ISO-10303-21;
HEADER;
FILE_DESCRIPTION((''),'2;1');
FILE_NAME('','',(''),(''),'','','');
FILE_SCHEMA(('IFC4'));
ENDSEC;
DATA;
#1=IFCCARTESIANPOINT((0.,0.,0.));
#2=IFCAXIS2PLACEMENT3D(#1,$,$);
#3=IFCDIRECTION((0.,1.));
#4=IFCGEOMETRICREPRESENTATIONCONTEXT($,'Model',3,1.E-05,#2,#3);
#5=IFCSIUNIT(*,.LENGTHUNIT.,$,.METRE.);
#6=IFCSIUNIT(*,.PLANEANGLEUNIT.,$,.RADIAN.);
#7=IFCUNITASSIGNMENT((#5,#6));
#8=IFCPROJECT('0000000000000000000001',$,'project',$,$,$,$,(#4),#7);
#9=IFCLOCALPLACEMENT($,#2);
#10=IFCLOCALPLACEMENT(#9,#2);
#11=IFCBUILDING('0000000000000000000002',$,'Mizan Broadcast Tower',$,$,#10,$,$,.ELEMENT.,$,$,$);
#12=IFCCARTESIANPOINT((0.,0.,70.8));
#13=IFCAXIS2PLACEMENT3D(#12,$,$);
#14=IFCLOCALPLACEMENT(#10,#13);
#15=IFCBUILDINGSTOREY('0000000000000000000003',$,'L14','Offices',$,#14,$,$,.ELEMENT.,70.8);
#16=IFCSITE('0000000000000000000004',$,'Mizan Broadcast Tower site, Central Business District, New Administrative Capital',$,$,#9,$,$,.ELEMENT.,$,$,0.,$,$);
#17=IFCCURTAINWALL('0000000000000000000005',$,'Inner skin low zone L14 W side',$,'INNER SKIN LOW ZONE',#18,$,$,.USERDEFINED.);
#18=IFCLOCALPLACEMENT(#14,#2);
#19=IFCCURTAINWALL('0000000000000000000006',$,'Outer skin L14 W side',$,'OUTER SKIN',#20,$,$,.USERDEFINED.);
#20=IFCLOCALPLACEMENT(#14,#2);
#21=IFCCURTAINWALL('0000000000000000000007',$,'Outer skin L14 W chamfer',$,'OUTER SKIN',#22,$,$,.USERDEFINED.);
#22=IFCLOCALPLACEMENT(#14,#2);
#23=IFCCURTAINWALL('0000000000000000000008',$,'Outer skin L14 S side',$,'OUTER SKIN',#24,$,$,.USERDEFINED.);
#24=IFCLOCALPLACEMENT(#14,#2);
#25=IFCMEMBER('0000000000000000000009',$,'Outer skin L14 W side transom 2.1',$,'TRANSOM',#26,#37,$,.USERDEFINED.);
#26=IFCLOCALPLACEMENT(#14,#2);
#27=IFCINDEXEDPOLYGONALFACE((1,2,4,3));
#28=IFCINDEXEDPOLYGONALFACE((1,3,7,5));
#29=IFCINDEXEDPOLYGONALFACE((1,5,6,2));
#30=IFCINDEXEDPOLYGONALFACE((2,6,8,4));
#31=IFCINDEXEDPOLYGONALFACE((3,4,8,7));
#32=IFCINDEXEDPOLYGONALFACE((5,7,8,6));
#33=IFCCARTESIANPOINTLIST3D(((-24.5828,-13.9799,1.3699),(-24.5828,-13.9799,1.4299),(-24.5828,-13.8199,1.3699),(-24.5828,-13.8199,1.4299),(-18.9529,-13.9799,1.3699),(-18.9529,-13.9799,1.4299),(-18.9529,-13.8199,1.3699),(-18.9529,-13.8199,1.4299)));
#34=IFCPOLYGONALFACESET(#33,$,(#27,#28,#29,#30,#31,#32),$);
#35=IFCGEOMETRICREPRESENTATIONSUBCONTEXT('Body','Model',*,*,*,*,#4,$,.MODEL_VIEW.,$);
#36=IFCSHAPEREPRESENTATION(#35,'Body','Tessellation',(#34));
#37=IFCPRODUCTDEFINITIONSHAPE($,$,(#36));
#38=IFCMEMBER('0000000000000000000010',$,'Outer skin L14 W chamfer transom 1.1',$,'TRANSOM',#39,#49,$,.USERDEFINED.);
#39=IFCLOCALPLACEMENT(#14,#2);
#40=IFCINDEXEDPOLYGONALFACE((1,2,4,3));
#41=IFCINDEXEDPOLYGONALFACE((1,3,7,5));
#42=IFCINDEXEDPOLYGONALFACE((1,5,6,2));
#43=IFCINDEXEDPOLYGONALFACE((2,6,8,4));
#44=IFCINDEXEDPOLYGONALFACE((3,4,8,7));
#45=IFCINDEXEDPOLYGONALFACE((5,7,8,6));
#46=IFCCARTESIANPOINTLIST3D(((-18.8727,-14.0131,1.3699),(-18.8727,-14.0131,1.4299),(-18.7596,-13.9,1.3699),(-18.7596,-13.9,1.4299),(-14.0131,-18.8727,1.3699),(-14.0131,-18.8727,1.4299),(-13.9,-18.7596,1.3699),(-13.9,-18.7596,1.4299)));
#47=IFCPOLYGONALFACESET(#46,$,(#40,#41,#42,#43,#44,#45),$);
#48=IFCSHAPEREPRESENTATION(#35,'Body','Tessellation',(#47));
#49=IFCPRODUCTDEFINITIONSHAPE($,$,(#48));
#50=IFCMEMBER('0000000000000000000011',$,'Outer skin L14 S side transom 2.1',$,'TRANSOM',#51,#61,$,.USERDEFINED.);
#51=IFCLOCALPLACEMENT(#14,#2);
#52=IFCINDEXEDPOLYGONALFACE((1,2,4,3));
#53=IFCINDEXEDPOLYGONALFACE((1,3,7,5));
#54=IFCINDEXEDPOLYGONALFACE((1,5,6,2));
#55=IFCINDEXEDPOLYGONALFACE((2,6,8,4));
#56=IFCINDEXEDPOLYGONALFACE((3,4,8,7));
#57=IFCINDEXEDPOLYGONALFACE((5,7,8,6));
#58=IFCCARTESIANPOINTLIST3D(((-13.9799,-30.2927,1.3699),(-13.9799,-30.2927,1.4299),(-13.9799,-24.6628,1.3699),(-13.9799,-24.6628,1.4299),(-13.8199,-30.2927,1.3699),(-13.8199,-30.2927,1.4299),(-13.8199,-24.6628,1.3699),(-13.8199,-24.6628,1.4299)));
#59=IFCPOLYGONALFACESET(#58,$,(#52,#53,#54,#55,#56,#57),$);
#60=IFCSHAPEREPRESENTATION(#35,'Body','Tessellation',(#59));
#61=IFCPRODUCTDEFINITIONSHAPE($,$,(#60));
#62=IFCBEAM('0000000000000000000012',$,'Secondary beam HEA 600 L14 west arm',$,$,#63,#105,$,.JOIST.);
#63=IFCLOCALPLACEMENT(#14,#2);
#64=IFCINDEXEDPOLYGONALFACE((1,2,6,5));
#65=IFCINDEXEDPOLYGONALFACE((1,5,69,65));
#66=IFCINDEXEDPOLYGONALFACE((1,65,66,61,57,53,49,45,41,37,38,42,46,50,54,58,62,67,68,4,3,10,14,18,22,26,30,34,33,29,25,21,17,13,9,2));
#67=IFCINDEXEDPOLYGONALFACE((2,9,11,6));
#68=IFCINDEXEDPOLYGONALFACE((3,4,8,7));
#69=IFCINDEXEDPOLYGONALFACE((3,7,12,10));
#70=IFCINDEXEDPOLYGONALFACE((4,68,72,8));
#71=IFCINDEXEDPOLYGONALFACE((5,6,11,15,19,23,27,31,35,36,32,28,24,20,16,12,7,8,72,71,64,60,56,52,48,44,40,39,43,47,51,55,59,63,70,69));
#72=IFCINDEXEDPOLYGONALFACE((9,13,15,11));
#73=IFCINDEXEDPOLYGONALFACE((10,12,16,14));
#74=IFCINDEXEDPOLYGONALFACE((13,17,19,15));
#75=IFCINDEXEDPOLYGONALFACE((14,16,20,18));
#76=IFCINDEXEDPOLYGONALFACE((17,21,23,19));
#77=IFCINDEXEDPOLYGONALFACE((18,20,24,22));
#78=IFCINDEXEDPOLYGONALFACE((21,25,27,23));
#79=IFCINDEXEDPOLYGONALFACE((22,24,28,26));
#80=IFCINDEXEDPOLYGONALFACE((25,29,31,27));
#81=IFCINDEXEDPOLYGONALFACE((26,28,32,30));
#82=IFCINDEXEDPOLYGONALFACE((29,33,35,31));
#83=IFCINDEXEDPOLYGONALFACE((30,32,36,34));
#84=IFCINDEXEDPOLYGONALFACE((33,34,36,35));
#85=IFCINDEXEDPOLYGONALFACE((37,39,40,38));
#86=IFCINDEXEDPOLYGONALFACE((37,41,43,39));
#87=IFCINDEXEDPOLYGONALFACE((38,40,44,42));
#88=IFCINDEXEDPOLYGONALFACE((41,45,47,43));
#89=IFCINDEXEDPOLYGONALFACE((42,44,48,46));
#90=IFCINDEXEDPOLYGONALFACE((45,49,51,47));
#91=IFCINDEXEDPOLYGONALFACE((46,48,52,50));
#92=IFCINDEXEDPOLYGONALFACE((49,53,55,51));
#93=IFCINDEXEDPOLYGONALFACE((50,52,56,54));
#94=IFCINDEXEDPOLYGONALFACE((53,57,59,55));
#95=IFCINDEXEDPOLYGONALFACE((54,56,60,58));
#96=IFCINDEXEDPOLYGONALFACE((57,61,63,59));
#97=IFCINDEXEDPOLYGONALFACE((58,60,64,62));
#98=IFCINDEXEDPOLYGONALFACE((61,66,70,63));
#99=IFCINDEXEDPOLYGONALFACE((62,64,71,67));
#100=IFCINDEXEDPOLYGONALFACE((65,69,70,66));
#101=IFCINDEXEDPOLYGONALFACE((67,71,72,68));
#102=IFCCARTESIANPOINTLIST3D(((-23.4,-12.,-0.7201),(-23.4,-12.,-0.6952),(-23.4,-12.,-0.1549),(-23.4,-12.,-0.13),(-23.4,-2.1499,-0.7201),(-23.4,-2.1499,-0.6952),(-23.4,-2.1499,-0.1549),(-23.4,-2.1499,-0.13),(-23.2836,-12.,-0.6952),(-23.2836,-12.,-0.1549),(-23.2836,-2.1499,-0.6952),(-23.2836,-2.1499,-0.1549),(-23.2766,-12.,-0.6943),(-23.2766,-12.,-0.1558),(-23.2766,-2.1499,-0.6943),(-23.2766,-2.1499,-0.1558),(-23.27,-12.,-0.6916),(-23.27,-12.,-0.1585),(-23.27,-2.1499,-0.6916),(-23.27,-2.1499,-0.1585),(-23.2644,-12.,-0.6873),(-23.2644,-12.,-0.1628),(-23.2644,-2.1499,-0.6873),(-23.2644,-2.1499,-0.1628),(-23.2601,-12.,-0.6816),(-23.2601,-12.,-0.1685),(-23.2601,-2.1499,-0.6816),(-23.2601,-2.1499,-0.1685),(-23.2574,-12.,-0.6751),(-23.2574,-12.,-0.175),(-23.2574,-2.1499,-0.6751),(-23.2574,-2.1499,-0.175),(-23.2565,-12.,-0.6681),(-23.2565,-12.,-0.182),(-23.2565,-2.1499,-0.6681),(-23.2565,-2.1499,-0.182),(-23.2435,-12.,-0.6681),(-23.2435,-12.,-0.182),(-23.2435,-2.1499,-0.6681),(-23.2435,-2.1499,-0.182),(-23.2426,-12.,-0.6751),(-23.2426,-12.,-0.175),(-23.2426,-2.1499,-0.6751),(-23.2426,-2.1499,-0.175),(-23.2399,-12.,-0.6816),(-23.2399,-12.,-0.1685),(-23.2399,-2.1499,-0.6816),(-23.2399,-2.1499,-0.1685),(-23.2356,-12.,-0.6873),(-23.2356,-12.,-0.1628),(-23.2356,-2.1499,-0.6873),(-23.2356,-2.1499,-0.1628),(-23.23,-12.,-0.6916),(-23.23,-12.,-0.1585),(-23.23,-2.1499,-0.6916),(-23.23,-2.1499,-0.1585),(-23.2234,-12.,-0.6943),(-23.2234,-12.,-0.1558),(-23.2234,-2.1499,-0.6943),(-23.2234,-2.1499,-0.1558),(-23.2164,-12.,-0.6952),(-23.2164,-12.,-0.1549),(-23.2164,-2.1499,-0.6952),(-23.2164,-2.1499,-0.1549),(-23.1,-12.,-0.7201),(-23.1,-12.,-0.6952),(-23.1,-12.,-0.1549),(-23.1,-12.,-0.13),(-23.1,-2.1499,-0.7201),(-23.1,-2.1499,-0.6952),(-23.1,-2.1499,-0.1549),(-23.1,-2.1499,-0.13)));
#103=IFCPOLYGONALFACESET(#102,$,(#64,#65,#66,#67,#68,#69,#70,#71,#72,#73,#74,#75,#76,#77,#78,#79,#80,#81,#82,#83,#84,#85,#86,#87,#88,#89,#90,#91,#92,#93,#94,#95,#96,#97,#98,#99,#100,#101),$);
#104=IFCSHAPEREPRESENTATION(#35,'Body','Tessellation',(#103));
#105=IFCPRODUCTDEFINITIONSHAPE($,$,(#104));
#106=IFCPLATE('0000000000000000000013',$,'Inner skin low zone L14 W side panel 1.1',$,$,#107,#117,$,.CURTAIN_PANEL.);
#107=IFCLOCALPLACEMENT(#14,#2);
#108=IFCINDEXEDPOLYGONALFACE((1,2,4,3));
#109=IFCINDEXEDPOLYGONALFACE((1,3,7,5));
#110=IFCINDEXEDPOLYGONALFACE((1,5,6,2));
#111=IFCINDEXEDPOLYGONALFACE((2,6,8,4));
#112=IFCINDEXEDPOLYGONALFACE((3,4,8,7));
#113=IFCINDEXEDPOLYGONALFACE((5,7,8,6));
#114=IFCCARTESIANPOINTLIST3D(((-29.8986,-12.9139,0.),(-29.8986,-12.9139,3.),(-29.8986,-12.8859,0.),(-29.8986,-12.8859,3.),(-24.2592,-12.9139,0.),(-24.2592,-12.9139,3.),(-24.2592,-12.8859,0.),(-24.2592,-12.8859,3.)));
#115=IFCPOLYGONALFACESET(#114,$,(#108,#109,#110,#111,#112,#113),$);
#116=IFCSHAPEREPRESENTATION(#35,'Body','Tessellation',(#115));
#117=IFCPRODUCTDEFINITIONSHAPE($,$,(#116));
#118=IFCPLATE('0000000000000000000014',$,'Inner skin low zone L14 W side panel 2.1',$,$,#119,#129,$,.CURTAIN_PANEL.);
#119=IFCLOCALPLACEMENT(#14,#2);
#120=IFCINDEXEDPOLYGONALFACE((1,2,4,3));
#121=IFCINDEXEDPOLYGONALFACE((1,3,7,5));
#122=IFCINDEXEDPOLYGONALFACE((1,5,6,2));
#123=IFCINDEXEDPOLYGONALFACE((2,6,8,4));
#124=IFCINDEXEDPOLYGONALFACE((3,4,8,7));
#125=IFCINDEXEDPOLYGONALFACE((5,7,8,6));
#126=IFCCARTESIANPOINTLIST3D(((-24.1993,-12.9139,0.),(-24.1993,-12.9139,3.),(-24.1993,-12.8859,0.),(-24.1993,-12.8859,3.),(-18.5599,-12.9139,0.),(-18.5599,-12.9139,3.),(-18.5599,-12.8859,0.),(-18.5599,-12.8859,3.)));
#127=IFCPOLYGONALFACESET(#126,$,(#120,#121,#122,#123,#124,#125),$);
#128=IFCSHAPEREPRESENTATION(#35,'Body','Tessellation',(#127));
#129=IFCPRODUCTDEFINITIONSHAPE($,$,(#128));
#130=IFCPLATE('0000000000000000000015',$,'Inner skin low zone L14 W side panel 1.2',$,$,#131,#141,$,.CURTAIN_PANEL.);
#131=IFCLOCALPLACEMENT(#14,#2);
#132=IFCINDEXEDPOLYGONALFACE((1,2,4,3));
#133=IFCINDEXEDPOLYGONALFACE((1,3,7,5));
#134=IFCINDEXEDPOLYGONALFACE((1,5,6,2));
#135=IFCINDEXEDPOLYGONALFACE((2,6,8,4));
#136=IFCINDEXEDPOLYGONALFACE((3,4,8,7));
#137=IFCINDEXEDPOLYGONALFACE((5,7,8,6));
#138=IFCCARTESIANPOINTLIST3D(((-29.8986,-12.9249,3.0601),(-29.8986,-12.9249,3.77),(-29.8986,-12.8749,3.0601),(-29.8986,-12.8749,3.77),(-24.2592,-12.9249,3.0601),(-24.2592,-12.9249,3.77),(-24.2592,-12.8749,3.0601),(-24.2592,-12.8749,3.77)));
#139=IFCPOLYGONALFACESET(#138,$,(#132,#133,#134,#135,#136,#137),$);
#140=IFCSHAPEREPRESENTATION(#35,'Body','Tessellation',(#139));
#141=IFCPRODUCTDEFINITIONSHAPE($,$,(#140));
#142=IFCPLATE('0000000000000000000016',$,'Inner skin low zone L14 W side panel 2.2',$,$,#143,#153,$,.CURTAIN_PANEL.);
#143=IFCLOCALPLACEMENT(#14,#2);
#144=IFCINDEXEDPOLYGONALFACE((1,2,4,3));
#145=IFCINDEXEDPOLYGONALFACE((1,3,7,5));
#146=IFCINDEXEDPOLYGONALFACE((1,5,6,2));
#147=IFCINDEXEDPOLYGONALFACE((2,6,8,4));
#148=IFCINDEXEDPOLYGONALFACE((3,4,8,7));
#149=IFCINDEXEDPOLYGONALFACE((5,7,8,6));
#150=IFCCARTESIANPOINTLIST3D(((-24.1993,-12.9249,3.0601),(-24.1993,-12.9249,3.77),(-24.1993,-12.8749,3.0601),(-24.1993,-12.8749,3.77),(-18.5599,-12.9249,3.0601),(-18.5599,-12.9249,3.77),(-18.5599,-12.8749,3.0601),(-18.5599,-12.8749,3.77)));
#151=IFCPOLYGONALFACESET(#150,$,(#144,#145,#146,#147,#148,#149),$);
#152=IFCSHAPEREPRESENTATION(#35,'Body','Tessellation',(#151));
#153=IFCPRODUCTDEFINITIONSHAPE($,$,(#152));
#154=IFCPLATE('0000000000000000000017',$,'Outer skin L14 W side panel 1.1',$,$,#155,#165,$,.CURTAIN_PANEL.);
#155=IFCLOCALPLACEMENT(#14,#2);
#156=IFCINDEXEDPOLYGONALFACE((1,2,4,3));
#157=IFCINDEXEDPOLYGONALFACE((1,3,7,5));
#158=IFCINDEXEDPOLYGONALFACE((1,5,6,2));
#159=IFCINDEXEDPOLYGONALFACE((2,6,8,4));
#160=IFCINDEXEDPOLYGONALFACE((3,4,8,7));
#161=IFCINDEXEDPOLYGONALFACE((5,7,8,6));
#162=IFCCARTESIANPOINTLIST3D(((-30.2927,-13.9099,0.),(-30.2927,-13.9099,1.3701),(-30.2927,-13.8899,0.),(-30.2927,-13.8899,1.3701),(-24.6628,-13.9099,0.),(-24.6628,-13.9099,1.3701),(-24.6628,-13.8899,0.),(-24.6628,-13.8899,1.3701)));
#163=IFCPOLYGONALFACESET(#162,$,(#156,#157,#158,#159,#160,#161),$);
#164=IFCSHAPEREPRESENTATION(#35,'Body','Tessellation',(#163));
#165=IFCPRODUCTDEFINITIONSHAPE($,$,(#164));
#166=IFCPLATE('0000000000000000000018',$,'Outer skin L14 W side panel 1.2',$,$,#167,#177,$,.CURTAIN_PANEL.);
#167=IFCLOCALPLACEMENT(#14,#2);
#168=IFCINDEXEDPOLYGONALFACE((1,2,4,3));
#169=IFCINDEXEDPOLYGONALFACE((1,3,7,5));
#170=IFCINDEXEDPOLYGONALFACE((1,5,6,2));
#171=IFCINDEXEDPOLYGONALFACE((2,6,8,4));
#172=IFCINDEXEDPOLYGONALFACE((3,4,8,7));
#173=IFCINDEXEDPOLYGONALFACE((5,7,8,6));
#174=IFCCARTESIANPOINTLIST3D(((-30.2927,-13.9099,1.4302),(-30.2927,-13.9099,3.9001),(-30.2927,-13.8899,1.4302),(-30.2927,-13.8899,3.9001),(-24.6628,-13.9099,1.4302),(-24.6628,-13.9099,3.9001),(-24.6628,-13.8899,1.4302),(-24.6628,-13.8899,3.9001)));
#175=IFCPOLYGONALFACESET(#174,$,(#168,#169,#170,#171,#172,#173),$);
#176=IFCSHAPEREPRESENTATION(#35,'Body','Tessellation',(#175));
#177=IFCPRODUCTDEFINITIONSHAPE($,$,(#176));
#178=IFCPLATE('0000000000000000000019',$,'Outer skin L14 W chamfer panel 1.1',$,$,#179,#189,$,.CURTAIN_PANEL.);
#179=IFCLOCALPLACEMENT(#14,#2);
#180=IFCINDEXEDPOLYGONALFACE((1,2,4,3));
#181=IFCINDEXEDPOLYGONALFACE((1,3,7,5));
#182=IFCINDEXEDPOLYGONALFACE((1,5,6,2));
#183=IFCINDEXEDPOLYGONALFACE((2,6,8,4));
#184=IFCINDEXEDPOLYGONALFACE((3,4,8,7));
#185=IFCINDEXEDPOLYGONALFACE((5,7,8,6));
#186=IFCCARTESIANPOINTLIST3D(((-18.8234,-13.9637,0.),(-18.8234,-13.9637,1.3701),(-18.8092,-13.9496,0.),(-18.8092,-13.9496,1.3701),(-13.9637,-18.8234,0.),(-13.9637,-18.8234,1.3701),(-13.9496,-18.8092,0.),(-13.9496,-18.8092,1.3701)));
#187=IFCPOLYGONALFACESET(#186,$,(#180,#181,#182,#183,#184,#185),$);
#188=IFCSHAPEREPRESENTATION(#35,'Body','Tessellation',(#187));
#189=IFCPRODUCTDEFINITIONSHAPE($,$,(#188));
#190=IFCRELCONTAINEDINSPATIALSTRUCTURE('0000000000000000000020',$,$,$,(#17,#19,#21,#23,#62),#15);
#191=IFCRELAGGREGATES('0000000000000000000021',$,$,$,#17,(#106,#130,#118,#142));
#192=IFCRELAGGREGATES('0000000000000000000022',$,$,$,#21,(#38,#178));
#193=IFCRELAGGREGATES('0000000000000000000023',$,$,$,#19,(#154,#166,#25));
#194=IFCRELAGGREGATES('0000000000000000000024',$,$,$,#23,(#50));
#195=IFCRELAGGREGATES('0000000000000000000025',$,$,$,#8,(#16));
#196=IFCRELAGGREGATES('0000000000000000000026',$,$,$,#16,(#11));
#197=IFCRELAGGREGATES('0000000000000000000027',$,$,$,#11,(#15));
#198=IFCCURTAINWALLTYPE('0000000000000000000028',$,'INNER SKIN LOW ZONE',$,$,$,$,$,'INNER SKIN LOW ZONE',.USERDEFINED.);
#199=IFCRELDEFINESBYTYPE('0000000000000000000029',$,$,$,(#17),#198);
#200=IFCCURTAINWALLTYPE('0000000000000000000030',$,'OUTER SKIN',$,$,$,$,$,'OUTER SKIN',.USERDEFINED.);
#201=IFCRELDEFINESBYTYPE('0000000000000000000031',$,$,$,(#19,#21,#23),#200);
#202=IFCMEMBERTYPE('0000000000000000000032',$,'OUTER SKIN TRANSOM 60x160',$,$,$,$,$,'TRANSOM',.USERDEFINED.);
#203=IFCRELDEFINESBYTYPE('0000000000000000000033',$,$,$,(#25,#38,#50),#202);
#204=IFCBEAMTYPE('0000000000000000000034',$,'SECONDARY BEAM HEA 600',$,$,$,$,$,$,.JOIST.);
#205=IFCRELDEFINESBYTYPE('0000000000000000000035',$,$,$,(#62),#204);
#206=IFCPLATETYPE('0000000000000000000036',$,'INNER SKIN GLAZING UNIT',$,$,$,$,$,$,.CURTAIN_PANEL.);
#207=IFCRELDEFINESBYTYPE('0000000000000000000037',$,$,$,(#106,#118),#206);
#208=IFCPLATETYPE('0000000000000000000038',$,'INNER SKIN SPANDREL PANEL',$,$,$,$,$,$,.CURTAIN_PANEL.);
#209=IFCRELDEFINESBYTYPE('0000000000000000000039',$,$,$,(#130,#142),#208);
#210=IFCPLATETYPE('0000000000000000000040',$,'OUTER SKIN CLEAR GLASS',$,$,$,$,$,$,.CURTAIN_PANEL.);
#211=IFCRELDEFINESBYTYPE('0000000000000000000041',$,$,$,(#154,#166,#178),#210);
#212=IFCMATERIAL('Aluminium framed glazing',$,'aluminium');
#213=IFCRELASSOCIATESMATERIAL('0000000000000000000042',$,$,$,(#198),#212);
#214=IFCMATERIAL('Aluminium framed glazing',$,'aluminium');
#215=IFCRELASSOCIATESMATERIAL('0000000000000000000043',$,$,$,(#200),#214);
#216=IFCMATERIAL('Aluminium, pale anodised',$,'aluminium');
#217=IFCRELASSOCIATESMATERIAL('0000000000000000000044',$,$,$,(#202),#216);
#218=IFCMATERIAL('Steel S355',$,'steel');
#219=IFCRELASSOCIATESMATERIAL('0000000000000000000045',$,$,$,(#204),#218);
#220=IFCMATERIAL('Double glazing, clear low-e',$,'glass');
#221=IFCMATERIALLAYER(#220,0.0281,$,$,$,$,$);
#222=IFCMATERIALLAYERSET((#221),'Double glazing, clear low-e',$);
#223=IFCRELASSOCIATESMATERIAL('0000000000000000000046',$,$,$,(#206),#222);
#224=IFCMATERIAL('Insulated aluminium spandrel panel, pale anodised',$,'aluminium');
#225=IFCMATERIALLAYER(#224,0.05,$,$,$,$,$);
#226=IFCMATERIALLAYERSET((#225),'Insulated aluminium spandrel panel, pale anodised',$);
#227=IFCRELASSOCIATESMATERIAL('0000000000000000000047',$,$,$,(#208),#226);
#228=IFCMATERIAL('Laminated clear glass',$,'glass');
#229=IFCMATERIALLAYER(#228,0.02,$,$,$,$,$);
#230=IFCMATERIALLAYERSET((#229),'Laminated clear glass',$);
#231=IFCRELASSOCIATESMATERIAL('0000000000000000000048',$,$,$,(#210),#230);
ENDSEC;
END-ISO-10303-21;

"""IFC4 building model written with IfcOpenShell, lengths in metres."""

from ifc_helpers import new_model, si_unit, direction, frame, origin, origin_2d, place, context, subcontext, project, spatial, rectangle, i_section, extrude, material, layer, layer_set, material_profile, profile_set, type_object, element, aggregate, save


model = new_model("IFC4")

# Units and contexts
model_context = context("Model", 3, precision=1e-05, world=origin(), true_north=direction((0.0, 1.0)))
body_context = subcontext(model_context, "Body", "Model", "MODEL_VIEW")
ifc_project = project(units=[si_unit("LENGTHUNIT", "METRE"), si_unit("PLANEANGLEUNIT", "RADIAN")], contexts=[model_context])

# Site, building, storey
site_placement = place(None, origin())
site = spatial("IfcSite", under=ifc_project, at=site_placement, Name="Mizan Broadcast Tower site, Central Business District, New Administrative Capital", CompositionType="ELEMENT", RefElevation=0.0)
building_placement = place(site_placement, origin())
building = spatial("IfcBuilding", under=site, at=building_placement, Name="Mizan Broadcast Tower", CompositionType="ELEMENT")
storey_placement = place(building_placement, frame((0.0, 0.0, 70.8)))
storey = spatial("IfcBuildingStorey", under=building, at=storey_placement, Name="L14", Description="Offices", CompositionType="ELEMENT", Elevation=70.8)

# Shared definitions
ifc_material_1 = material(Name="Aluminium framed glazing", Category="aluminium")
curtain_wall_type_1 = type_object("IfcCurtainWallType", Name="INNER SKIN LOW ZONE", ElementType="INNER SKIN LOW ZONE", PredefinedType="USERDEFINED", material=ifc_material_1)

# Curtain wall
curtain_wall_1_placement = place(storey_placement, origin())
curtain_wall_1 = element("IfcCurtainWall", 1, at=curtain_wall_1_placement, inside=storey, type_object=curtain_wall_type_1, Name="Inner skin low zone L14 W side", ObjectType="INNER SKIN LOW ZONE", PredefinedType="USERDEFINED")

# Shared definitions
ifc_material_2 = material(Name="Aluminium framed glazing", Category="aluminium")
curtain_wall_type_2 = type_object("IfcCurtainWallType", Name="OUTER SKIN", ElementType="OUTER SKIN", PredefinedType="USERDEFINED", material=ifc_material_2)

# Curtain wall
curtain_wall_2_placement = place(storey_placement, origin())
curtain_wall_2 = element("IfcCurtainWall", 2, at=curtain_wall_2_placement, inside=storey, type_object=curtain_wall_type_2, Name="Outer skin L14 W side", ObjectType="OUTER SKIN", PredefinedType="USERDEFINED")

# Curtain walls
curtain_wall_3_placement = place(storey_placement, origin())
curtain_wall_3 = element("IfcCurtainWall", 3, at=curtain_wall_3_placement, inside=storey, type_object=curtain_wall_type_2, Name="Outer skin L14 W chamfer", ObjectType="OUTER SKIN", PredefinedType="USERDEFINED")
curtain_wall_4_placement = place(storey_placement, origin())
curtain_wall_4 = element("IfcCurtainWall", 4, at=curtain_wall_4_placement, inside=storey, type_object=curtain_wall_type_2, Name="Outer skin L14 S side", ObjectType="OUTER SKIN", PredefinedType="USERDEFINED")

# Members
ifc_material_3 = material(Name="Aluminium, pale anodised", Category="aluminium")
ifc_material_profile_1 = material_profile(ifc_material_3, rectangle(XDim=0.1599, YDim=0.0601, at=origin_2d()), Name="TRANSOM 160x60")
ifc_profile_set_1 = profile_set([ifc_material_profile_1], Name="Aluminium, pale anodised")
member_type_1 = type_object("IfcMemberType", Name="OUTER SKIN TRANSOM 60x160", ElementType="TRANSOM", PredefinedType="USERDEFINED", material=ifc_profile_set_1)
member_1_placement = place(storey_placement, frame((-24.5828, -13.8999, 1.3999), z_axis=(1.0, 0.0, 0.0), x_axis=(0.0, 1.0, 0.0)))
member_1 = element("IfcMember", 5, at=member_1_placement, type_object=member_type_1, Name="Outer skin L14 W side transom 2.1", ObjectType="TRANSOM", PredefinedType="USERDEFINED", context=body_context, shape_type="SweptSolid", body=[
    extrude(rectangle(XDim=0.1599, YDim=0.0601, at=origin_2d()), origin(), (0.0, 0.0, 1.0), 5.6299),
])
member_2_placement = place(storey_placement, frame((-18.8162, -13.9565, 1.3999), z_axis=(0.707107, -0.707107, 0.0), x_axis=(0.707107, 0.707107, 0.0)))
member_2 = element("IfcMember", 6, at=member_2_placement, type_object=member_type_1, Name="Outer skin L14 W chamfer transom 1.1", ObjectType="TRANSOM", PredefinedType="USERDEFINED", context=body_context, shape_type="SweptSolid", body=[
    extrude(rectangle(XDim=0.1599, YDim=0.0601, at=origin_2d()), origin(), (0.0, 0.0, 1.0), 6.8726),
])
member_3_placement = place(storey_placement, frame((-13.8999, -24.6628, 1.3999), z_axis=(0.0, -1.0, 0.0), x_axis=(1.0, 0.0, 0.0)))
member_3 = element("IfcMember", 7, at=member_3_placement, type_object=member_type_1, Name="Outer skin L14 S side transom 2.1", ObjectType="TRANSOM", PredefinedType="USERDEFINED", context=body_context, shape_type="SweptSolid", body=[
    extrude(rectangle(XDim=0.1599, YDim=0.0601, at=origin_2d()), origin(), (0.0, 0.0, 1.0), 5.6299),
])

# Beam
ifc_material_4 = material(Name="Steel S355", Category="steel")
ifc_material_profile_2 = material_profile(ifc_material_4, i_section(OverallWidth=0.3, OverallDepth=0.5901, WebThickness=0.0129, FlangeThickness=0.0249, FilletRadius=0.0271, at=origin_2d()), Name="HEA 600")
ifc_profile_set_2 = profile_set([ifc_material_profile_2], Name="Steel S355")
beam_type_1 = type_object("IfcBeamType", Name="SECONDARY BEAM HEA 600", PredefinedType="JOIST", material=ifc_profile_set_2)
beam_1_placement = place(storey_placement, frame((-23.25, -12.0, -0.425), z_axis=(0.0, 1.0, 0.0), x_axis=(-1.0, 0.0, 0.0)))
element("IfcBeam", 8, at=beam_1_placement, inside=storey, type_object=beam_type_1, Name="Secondary beam HEA 600 L14 west arm", PredefinedType="JOIST", context=body_context, shape_type="SweptSolid", body=[
    extrude(i_section(OverallWidth=0.3, OverallDepth=0.5901, WebThickness=0.0129, FlangeThickness=0.0249, FilletRadius=0.0271, at=origin_2d()), origin(), (0.0, 0.0, 1.0), 9.8501),
])

# Plates
ifc_material_5 = material(Name="Double glazing, clear low-e", Category="glass")
ifc_layer_1 = layer(ifc_material_5, 0.0281)
ifc_layer_set_1 = layer_set([ifc_layer_1], Name="Double glazing, clear low-e")
plate_type_1 = type_object("IfcPlateType", Name="INNER SKIN GLAZING UNIT", PredefinedType="CURTAIN_PANEL", material=ifc_layer_set_1)
plate_1_placement = place(storey_placement, frame((-27.0789, -12.8999, 0.0), z_axis=(0.0, 0.0, 1.0), x_axis=(1.0, 0.0, 0.0)))
plate_1 = element("IfcPlate", 9, at=plate_1_placement, type_object=plate_type_1, Name="Inner skin low zone L14 W side panel 1.1", PredefinedType="CURTAIN_PANEL", context=body_context, shape_type="SweptSolid", body=[
    extrude(rectangle(XDim=5.6394, YDim=0.0281, at=origin_2d()), origin(), (0.0, 0.0, 1.0), 3.0),
])
plate_2_placement = place(storey_placement, frame((-21.3796, -12.8999, 0.0), z_axis=(0.0, 0.0, 1.0), x_axis=(1.0, 0.0, 0.0)))
plate_2 = element("IfcPlate", 10, at=plate_2_placement, type_object=plate_type_1, Name="Inner skin low zone L14 W side panel 2.1", PredefinedType="CURTAIN_PANEL", context=body_context, shape_type="SweptSolid", body=[
    extrude(rectangle(XDim=5.6394, YDim=0.0281, at=origin_2d()), origin(), (0.0, 0.0, 1.0), 3.0),
])
ifc_material_6 = material(Name="Insulated aluminium spandrel panel, pale anodised", Category="aluminium")
ifc_layer_2 = layer(ifc_material_6, 0.05)
ifc_layer_set_2 = layer_set([ifc_layer_2], Name="Insulated aluminium spandrel panel, pale anodised")
plate_type_2 = type_object("IfcPlateType", Name="INNER SKIN SPANDREL PANEL", PredefinedType="CURTAIN_PANEL", material=ifc_layer_set_2)
plate_3_placement = place(storey_placement, frame((-27.0789, -12.8999, 3.0601), z_axis=(0.0, 0.0, 1.0), x_axis=(1.0, 0.0, 0.0)))
plate_3 = element("IfcPlate", 11, at=plate_3_placement, type_object=plate_type_2, Name="Inner skin low zone L14 W side panel 1.2", PredefinedType="CURTAIN_PANEL", context=body_context, shape_type="SweptSolid", body=[
    extrude(rectangle(XDim=5.6394, YDim=0.05, at=origin_2d()), origin(), (0.0, 0.0, 1.0), 0.71),
])
plate_4_placement = place(storey_placement, frame((-21.3796, -12.8999, 3.0601), z_axis=(0.0, 0.0, 1.0), x_axis=(1.0, 0.0, 0.0)))
plate_4 = element("IfcPlate", 12, at=plate_4_placement, type_object=plate_type_2, Name="Inner skin low zone L14 W side panel 2.2", PredefinedType="CURTAIN_PANEL", context=body_context, shape_type="SweptSolid", body=[
    extrude(rectangle(XDim=5.6394, YDim=0.05, at=origin_2d()), origin(), (0.0, 0.0, 1.0), 0.71),
])
aggregate(curtain_wall_1, [plate_1, plate_3, plate_2, plate_4])
ifc_material_7 = material(Name="Laminated clear glass", Category="glass")
ifc_layer_3 = layer(ifc_material_7, 0.02)
ifc_layer_set_3 = layer_set([ifc_layer_3], Name="Laminated clear glass")
plate_type_3 = type_object("IfcPlateType", Name="OUTER SKIN CLEAR GLASS", PredefinedType="CURTAIN_PANEL", material=ifc_layer_set_3)
plate_5_placement = place(storey_placement, frame((-27.4778, -13.8999, 0.0), z_axis=(0.0, 0.0, 1.0), x_axis=(1.0, 0.0, 0.0)))
plate_5 = element("IfcPlate", 13, at=plate_5_placement, type_object=plate_type_3, Name="Outer skin L14 W side panel 1.1", PredefinedType="CURTAIN_PANEL", context=body_context, shape_type="SweptSolid", body=[
    extrude(rectangle(XDim=5.6299, YDim=0.02, at=origin_2d()), origin(), (0.0, 0.0, 1.0), 1.3701),
])
plate_6_placement = place(storey_placement, frame((-27.4778, -13.8999, 1.4302), z_axis=(0.0, 0.0, 1.0), x_axis=(1.0, 0.0, 0.0)))
plate_6 = element("IfcPlate", 14, at=plate_6_placement, type_object=plate_type_3, Name="Outer skin L14 W side panel 1.2", PredefinedType="CURTAIN_PANEL", context=body_context, shape_type="SweptSolid", body=[
    extrude(rectangle(XDim=5.6299, YDim=0.02, at=origin_2d()), origin(), (0.0, 0.0, 1.0), 2.47),
])
plate_7_placement = place(storey_placement, frame((-16.3865, -16.3865, 0.0), z_axis=(0.0, 0.0, 1.0), x_axis=(0.707107, -0.707107, 0.0)))
plate_7 = element("IfcPlate", 15, at=plate_7_placement, type_object=plate_type_3, Name="Outer skin L14 W chamfer panel 1.1", PredefinedType="CURTAIN_PANEL", context=body_context, shape_type="SweptSolid", body=[
    extrude(rectangle(XDim=6.8726, YDim=0.02, at=origin_2d()), origin(), (0.0, 0.0, 1.0), 1.3701),
])
aggregate(curtain_wall_3, [member_2, plate_7])
aggregate(curtain_wall_2, [plate_5, plate_6, member_1])
aggregate(curtain_wall_4, [member_3])

save(model, "model.ifc")
